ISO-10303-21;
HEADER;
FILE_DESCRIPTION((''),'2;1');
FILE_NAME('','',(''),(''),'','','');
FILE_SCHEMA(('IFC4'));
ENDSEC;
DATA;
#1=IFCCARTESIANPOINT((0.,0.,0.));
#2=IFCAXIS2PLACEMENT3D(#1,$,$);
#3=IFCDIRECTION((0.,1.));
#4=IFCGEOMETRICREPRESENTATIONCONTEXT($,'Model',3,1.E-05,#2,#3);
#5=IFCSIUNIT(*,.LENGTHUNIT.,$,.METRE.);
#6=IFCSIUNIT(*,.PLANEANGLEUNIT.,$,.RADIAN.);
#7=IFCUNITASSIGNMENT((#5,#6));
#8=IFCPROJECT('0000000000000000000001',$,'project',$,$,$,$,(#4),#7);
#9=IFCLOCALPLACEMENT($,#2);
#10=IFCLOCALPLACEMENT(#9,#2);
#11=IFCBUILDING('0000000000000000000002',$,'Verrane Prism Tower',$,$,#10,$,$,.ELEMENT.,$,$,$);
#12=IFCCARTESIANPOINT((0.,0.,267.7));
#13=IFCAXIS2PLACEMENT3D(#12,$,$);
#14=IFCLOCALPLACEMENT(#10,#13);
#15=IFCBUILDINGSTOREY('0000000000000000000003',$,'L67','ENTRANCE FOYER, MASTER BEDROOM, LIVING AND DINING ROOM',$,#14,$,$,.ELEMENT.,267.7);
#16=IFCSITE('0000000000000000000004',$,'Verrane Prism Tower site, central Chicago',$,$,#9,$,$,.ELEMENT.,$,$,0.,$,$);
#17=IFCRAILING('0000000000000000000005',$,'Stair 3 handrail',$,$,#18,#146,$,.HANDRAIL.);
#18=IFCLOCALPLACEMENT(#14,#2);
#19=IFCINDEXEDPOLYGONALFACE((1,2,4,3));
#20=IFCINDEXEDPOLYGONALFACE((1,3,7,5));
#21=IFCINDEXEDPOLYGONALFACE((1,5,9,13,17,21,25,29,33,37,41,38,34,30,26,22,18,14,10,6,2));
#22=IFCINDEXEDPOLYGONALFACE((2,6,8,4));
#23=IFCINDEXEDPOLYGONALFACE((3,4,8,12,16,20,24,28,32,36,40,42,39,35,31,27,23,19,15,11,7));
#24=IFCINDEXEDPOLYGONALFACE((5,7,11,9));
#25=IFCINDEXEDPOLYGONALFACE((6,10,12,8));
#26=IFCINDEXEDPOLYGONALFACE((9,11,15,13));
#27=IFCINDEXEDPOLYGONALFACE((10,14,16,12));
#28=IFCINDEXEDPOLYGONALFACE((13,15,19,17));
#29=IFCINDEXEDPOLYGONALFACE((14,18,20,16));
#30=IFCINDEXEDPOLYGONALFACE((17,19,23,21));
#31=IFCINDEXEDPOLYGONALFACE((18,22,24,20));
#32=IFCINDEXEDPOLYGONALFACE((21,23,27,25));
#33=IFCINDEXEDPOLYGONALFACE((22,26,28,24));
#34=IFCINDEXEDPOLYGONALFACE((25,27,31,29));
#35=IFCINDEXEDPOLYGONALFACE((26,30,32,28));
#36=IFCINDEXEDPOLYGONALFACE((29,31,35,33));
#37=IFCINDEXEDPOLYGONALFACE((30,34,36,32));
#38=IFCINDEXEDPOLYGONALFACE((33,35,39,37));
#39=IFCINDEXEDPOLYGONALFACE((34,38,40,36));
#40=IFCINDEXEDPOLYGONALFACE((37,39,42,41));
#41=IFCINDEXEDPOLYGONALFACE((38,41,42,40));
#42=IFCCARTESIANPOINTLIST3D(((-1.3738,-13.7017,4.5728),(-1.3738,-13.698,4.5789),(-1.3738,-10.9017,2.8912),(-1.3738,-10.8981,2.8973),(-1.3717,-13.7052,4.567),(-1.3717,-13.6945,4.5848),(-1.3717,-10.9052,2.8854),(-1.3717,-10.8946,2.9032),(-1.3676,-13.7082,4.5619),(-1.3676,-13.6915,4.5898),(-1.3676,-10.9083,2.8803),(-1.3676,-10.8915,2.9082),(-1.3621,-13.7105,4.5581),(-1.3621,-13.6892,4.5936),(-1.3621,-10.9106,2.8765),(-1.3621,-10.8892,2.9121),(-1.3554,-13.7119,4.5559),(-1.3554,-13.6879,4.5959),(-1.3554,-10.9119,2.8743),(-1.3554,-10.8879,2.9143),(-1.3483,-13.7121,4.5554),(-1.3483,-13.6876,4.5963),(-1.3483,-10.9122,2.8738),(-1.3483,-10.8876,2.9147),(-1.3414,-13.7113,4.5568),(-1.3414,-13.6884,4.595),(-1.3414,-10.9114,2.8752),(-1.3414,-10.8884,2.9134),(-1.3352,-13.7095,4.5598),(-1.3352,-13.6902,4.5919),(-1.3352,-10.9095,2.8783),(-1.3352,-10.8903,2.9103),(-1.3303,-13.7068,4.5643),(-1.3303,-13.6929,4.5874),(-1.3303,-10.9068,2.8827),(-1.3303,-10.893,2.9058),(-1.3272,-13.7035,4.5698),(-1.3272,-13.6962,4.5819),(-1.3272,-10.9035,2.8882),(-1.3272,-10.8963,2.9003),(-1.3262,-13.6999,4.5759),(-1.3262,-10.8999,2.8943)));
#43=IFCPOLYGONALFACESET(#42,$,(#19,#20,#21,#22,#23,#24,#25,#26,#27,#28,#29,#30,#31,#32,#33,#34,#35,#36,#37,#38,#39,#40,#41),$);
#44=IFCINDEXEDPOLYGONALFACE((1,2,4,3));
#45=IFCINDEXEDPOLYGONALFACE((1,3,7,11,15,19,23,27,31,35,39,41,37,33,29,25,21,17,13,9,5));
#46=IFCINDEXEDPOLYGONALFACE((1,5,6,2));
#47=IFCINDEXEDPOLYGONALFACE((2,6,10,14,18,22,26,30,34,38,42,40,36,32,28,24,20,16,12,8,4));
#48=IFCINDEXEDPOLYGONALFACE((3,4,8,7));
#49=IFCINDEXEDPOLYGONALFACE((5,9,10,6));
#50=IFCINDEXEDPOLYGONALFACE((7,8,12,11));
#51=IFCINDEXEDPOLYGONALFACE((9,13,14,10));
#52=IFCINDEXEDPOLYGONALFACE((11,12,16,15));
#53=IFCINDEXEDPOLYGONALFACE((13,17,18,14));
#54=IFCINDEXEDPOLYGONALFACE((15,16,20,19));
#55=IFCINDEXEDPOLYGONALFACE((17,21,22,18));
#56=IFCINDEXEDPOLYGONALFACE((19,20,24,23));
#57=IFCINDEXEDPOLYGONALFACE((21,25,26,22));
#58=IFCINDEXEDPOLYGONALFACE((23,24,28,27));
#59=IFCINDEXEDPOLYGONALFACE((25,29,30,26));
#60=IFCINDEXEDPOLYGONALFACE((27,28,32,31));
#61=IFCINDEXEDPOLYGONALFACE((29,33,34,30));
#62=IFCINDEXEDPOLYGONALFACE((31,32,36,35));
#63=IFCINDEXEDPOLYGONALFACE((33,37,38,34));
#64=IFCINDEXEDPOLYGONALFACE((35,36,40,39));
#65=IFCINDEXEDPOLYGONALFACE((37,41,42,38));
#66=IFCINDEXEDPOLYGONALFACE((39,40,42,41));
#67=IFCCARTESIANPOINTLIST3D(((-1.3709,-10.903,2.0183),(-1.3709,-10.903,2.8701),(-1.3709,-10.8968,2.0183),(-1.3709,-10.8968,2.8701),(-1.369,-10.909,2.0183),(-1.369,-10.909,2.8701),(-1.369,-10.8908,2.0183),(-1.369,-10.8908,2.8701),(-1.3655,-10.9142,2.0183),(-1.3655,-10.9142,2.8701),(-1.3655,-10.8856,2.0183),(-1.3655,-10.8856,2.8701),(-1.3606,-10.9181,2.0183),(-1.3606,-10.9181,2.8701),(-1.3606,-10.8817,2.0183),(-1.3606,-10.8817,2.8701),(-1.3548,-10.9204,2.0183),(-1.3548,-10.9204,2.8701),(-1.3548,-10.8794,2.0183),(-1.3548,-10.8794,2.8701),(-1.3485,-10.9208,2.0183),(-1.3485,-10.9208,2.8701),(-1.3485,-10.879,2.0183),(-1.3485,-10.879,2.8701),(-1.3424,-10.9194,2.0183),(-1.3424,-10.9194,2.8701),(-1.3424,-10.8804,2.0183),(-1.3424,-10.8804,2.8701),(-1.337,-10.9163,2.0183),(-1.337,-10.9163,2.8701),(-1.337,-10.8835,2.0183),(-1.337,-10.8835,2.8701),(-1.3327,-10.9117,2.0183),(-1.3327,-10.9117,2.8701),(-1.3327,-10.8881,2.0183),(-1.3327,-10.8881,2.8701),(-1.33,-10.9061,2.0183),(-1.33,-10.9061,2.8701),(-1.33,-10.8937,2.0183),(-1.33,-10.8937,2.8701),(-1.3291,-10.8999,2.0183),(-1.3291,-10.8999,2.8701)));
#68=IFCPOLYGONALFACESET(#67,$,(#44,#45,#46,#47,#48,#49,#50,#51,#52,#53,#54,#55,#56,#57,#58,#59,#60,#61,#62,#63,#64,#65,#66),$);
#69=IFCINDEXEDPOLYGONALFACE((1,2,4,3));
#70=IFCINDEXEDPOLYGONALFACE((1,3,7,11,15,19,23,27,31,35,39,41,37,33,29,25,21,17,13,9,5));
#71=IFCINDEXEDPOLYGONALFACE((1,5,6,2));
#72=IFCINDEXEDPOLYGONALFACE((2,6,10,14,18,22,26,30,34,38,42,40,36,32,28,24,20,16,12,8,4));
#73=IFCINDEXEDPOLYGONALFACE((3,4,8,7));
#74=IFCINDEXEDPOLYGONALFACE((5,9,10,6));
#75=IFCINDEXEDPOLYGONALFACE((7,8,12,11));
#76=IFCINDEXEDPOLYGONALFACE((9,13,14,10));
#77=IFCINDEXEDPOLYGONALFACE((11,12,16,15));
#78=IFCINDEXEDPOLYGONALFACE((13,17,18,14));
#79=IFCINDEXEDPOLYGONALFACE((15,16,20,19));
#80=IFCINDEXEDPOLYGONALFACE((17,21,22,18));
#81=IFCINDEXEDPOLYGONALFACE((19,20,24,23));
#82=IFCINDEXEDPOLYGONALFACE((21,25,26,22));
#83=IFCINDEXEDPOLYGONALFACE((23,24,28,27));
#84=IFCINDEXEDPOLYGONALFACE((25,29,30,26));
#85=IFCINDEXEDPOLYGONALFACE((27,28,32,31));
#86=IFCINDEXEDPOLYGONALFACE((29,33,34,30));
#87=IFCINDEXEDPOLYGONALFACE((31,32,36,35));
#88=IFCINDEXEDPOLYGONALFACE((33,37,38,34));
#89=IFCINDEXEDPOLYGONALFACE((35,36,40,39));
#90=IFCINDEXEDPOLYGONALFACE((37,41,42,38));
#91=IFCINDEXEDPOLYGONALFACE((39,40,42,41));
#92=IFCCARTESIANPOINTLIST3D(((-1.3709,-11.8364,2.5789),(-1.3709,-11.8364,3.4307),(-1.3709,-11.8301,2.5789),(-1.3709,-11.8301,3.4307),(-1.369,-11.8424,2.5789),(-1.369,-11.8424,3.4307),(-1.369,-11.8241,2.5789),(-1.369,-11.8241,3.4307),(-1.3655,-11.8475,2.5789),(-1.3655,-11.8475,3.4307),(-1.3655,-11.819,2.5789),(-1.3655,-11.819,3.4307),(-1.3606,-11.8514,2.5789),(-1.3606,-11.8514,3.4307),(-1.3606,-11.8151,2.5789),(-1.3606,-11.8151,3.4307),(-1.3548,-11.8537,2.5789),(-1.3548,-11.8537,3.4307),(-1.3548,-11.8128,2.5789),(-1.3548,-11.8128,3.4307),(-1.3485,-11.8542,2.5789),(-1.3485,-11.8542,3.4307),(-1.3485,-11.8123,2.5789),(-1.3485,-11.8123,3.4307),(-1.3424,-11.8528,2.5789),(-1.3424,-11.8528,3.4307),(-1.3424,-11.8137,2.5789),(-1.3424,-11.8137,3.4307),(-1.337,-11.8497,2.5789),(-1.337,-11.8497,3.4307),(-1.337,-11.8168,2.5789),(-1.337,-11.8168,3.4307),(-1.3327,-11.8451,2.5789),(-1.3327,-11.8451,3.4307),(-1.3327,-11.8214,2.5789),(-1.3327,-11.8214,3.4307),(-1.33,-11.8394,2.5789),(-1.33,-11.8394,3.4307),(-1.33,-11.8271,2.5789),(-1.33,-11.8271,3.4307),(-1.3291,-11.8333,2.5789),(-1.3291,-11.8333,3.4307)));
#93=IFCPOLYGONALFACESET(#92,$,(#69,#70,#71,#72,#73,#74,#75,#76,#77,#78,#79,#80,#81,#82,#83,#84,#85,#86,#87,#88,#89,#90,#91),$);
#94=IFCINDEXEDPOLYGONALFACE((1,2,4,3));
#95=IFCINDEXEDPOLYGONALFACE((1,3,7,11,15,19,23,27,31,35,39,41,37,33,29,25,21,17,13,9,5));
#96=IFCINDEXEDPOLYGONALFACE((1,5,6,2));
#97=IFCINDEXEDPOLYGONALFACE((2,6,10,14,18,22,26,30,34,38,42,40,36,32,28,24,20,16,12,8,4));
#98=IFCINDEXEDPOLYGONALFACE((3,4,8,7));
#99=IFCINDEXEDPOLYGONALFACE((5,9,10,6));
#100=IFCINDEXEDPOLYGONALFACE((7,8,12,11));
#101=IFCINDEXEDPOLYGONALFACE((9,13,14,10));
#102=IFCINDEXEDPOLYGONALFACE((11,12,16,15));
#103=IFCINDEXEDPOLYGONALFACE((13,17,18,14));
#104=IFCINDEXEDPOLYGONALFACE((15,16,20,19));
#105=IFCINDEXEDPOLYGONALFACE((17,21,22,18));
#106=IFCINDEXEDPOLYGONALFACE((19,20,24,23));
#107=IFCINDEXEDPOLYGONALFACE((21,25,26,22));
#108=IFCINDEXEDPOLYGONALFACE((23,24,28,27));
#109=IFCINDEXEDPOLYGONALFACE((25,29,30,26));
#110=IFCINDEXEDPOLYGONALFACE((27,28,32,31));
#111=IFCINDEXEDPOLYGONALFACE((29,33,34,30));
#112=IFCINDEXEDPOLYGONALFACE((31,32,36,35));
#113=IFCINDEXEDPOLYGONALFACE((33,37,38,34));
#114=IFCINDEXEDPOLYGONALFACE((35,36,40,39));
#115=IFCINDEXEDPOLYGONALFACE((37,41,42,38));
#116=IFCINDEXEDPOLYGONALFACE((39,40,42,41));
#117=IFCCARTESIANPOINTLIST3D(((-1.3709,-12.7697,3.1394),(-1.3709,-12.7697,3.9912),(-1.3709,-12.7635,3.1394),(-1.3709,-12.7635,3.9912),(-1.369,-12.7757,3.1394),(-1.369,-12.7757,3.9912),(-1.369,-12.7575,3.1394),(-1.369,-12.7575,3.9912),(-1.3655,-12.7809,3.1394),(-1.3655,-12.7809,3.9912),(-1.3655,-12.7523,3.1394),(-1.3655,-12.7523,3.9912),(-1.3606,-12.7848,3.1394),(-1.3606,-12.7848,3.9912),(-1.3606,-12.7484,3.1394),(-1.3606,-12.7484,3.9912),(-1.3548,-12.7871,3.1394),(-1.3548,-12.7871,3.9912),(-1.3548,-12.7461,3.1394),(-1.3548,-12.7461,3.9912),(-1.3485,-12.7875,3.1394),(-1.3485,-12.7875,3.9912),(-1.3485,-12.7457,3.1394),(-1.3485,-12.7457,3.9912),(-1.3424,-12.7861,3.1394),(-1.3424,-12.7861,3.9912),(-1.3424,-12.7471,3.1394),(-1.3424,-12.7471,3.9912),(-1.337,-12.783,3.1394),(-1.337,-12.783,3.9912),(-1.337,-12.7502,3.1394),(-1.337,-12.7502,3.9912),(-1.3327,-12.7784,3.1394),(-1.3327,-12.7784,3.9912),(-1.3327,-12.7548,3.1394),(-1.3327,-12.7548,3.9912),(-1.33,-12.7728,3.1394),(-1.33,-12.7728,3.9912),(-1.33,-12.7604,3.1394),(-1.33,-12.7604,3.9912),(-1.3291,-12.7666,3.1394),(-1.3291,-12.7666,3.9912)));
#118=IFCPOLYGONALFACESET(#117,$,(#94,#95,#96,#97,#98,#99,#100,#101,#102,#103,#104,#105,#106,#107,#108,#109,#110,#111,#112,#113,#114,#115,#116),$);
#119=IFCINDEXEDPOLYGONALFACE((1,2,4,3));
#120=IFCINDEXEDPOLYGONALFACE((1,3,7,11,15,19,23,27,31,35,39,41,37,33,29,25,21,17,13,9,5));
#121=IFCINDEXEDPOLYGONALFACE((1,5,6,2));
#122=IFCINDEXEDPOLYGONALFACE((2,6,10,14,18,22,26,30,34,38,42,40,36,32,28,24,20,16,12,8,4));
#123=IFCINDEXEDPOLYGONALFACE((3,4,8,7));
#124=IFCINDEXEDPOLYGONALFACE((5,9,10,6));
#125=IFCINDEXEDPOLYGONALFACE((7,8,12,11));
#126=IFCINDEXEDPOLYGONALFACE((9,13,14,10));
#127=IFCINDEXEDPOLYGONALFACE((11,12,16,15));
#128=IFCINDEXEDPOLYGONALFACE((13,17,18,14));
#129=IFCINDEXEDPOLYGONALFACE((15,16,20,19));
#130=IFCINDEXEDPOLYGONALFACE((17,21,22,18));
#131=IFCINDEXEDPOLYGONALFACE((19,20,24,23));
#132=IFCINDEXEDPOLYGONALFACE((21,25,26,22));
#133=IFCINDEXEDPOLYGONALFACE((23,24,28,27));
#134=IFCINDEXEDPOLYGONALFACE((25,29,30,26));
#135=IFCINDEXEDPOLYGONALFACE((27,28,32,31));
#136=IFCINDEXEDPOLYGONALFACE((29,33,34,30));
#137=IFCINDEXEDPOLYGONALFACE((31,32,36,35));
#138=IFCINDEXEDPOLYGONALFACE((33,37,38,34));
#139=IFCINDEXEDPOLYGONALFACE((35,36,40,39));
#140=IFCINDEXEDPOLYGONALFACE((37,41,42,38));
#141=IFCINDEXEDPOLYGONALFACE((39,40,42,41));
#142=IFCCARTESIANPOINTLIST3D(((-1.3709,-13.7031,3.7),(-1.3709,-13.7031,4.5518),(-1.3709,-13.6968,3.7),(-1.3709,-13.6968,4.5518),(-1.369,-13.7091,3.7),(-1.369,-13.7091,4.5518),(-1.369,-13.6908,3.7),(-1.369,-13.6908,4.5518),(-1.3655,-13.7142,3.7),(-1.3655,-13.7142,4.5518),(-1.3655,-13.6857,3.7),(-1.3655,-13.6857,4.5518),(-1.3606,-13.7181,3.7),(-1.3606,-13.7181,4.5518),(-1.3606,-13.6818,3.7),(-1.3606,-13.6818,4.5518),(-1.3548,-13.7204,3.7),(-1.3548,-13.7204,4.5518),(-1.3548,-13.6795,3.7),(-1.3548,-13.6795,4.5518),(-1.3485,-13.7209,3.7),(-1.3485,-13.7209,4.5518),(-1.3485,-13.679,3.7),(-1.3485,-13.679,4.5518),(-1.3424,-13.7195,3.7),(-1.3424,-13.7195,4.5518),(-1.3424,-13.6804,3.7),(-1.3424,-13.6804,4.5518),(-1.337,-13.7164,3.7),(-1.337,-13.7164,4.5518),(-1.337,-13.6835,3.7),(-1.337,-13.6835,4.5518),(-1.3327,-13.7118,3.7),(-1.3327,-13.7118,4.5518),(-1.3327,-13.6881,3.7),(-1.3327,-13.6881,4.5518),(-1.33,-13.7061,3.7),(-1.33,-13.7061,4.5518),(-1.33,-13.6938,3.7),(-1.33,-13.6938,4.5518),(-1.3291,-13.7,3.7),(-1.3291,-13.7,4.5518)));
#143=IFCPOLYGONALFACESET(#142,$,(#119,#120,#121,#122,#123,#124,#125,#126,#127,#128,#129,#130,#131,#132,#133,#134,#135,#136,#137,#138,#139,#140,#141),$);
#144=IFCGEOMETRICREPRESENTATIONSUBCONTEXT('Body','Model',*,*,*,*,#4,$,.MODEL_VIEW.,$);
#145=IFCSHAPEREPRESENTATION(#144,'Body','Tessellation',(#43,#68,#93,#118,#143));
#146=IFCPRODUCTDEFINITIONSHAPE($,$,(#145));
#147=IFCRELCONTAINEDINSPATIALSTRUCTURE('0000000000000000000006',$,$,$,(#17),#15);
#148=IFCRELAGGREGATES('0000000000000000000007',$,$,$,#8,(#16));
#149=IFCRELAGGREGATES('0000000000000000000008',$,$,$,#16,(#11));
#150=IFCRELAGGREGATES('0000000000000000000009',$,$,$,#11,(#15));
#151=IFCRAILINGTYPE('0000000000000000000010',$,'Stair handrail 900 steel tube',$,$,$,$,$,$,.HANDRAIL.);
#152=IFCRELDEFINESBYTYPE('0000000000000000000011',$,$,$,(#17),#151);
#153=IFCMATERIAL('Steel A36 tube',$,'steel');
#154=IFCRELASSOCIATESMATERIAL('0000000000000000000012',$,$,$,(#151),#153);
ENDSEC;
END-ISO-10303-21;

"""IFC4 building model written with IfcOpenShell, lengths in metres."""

from ifc_helpers import new_model, si_unit, direction, frame, origin, origin_2d, place, context, subcontext, project, spatial, circle, extrude, material, type_object, element, save


model = new_model("IFC4")

# Units and contexts
model_context = context("Model", 3, precision=1e-05, world=origin(), true_north=direction((0.0, 1.0)))
body_context = subcontext(model_context, "Body", "Model", "MODEL_VIEW")
ifc_project = project(units=[si_unit("LENGTHUNIT", "METRE"), si_unit("PLANEANGLEUNIT", "RADIAN")], contexts=[model_context])

# Site, building, storey
site_placement = place(None, origin())
site = spatial("IfcSite", under=ifc_project, at=site_placement, Name="Verrane Prism Tower site, central Chicago", CompositionType="ELEMENT", RefElevation=0.0)
building_placement = place(site_placement, origin())
building = spatial("IfcBuilding", under=site, at=building_placement, Name="Verrane Prism Tower", CompositionType="ELEMENT")
storey_placement = place(building_placement, frame((0.0, 0.0, 267.7)))
storey = spatial("IfcBuildingStorey", under=building, at=storey_placement, Name="L67", Description="ENTRANCE FOYER, MASTER BEDROOM, LIVING AND DINING ROOM", CompositionType="ELEMENT", Elevation=267.7)

# Railing
ifc_material_1 = material(Name="Steel A36 tube", Category="steel")
railing_type = type_object("IfcRailingType", Name="Stair handrail 900 steel tube", PredefinedType="HANDRAIL", material=ifc_material_1)
railing_placement = place(storey_placement, frame((-1.3501, -10.8999, 2.0183)))
element("IfcRailing", 1, at=railing_placement, inside=storey, type_object=railing_type, Name="Stair 3 handrail", PredefinedType="HANDRAIL", context=body_context, shape_type="SweptSolid", body=[
    extrude(circle(Radius=0.0239, at=origin_2d()), frame((0.0, 0.0, 0.876), z_axis=(0.0, -0.857275, 0.514858), x_axis=(1.0, 0.0, 0.0)), (0.0, 0.0, 1.0), 3.2661),
    extrude(circle(Radius=0.021, at=origin_2d()), origin(), (0.0, 0.0, 1.0), 0.8518),
    extrude(circle(Radius=0.021, at=origin_2d()), frame((0.0, -0.9333, 0.5605)), (0.0, 0.0, 1.0), 0.8518),
    extrude(circle(Radius=0.021, at=origin_2d()), frame((0.0, -1.8667, 1.1211)), (0.0, 0.0, 1.0), 0.8518),
    extrude(circle(Radius=0.021, at=origin_2d()), frame((0.0, -2.8, 1.6816)), (0.0, 0.0, 1.0), 0.8518),
])

save(model, "model.ifc")
